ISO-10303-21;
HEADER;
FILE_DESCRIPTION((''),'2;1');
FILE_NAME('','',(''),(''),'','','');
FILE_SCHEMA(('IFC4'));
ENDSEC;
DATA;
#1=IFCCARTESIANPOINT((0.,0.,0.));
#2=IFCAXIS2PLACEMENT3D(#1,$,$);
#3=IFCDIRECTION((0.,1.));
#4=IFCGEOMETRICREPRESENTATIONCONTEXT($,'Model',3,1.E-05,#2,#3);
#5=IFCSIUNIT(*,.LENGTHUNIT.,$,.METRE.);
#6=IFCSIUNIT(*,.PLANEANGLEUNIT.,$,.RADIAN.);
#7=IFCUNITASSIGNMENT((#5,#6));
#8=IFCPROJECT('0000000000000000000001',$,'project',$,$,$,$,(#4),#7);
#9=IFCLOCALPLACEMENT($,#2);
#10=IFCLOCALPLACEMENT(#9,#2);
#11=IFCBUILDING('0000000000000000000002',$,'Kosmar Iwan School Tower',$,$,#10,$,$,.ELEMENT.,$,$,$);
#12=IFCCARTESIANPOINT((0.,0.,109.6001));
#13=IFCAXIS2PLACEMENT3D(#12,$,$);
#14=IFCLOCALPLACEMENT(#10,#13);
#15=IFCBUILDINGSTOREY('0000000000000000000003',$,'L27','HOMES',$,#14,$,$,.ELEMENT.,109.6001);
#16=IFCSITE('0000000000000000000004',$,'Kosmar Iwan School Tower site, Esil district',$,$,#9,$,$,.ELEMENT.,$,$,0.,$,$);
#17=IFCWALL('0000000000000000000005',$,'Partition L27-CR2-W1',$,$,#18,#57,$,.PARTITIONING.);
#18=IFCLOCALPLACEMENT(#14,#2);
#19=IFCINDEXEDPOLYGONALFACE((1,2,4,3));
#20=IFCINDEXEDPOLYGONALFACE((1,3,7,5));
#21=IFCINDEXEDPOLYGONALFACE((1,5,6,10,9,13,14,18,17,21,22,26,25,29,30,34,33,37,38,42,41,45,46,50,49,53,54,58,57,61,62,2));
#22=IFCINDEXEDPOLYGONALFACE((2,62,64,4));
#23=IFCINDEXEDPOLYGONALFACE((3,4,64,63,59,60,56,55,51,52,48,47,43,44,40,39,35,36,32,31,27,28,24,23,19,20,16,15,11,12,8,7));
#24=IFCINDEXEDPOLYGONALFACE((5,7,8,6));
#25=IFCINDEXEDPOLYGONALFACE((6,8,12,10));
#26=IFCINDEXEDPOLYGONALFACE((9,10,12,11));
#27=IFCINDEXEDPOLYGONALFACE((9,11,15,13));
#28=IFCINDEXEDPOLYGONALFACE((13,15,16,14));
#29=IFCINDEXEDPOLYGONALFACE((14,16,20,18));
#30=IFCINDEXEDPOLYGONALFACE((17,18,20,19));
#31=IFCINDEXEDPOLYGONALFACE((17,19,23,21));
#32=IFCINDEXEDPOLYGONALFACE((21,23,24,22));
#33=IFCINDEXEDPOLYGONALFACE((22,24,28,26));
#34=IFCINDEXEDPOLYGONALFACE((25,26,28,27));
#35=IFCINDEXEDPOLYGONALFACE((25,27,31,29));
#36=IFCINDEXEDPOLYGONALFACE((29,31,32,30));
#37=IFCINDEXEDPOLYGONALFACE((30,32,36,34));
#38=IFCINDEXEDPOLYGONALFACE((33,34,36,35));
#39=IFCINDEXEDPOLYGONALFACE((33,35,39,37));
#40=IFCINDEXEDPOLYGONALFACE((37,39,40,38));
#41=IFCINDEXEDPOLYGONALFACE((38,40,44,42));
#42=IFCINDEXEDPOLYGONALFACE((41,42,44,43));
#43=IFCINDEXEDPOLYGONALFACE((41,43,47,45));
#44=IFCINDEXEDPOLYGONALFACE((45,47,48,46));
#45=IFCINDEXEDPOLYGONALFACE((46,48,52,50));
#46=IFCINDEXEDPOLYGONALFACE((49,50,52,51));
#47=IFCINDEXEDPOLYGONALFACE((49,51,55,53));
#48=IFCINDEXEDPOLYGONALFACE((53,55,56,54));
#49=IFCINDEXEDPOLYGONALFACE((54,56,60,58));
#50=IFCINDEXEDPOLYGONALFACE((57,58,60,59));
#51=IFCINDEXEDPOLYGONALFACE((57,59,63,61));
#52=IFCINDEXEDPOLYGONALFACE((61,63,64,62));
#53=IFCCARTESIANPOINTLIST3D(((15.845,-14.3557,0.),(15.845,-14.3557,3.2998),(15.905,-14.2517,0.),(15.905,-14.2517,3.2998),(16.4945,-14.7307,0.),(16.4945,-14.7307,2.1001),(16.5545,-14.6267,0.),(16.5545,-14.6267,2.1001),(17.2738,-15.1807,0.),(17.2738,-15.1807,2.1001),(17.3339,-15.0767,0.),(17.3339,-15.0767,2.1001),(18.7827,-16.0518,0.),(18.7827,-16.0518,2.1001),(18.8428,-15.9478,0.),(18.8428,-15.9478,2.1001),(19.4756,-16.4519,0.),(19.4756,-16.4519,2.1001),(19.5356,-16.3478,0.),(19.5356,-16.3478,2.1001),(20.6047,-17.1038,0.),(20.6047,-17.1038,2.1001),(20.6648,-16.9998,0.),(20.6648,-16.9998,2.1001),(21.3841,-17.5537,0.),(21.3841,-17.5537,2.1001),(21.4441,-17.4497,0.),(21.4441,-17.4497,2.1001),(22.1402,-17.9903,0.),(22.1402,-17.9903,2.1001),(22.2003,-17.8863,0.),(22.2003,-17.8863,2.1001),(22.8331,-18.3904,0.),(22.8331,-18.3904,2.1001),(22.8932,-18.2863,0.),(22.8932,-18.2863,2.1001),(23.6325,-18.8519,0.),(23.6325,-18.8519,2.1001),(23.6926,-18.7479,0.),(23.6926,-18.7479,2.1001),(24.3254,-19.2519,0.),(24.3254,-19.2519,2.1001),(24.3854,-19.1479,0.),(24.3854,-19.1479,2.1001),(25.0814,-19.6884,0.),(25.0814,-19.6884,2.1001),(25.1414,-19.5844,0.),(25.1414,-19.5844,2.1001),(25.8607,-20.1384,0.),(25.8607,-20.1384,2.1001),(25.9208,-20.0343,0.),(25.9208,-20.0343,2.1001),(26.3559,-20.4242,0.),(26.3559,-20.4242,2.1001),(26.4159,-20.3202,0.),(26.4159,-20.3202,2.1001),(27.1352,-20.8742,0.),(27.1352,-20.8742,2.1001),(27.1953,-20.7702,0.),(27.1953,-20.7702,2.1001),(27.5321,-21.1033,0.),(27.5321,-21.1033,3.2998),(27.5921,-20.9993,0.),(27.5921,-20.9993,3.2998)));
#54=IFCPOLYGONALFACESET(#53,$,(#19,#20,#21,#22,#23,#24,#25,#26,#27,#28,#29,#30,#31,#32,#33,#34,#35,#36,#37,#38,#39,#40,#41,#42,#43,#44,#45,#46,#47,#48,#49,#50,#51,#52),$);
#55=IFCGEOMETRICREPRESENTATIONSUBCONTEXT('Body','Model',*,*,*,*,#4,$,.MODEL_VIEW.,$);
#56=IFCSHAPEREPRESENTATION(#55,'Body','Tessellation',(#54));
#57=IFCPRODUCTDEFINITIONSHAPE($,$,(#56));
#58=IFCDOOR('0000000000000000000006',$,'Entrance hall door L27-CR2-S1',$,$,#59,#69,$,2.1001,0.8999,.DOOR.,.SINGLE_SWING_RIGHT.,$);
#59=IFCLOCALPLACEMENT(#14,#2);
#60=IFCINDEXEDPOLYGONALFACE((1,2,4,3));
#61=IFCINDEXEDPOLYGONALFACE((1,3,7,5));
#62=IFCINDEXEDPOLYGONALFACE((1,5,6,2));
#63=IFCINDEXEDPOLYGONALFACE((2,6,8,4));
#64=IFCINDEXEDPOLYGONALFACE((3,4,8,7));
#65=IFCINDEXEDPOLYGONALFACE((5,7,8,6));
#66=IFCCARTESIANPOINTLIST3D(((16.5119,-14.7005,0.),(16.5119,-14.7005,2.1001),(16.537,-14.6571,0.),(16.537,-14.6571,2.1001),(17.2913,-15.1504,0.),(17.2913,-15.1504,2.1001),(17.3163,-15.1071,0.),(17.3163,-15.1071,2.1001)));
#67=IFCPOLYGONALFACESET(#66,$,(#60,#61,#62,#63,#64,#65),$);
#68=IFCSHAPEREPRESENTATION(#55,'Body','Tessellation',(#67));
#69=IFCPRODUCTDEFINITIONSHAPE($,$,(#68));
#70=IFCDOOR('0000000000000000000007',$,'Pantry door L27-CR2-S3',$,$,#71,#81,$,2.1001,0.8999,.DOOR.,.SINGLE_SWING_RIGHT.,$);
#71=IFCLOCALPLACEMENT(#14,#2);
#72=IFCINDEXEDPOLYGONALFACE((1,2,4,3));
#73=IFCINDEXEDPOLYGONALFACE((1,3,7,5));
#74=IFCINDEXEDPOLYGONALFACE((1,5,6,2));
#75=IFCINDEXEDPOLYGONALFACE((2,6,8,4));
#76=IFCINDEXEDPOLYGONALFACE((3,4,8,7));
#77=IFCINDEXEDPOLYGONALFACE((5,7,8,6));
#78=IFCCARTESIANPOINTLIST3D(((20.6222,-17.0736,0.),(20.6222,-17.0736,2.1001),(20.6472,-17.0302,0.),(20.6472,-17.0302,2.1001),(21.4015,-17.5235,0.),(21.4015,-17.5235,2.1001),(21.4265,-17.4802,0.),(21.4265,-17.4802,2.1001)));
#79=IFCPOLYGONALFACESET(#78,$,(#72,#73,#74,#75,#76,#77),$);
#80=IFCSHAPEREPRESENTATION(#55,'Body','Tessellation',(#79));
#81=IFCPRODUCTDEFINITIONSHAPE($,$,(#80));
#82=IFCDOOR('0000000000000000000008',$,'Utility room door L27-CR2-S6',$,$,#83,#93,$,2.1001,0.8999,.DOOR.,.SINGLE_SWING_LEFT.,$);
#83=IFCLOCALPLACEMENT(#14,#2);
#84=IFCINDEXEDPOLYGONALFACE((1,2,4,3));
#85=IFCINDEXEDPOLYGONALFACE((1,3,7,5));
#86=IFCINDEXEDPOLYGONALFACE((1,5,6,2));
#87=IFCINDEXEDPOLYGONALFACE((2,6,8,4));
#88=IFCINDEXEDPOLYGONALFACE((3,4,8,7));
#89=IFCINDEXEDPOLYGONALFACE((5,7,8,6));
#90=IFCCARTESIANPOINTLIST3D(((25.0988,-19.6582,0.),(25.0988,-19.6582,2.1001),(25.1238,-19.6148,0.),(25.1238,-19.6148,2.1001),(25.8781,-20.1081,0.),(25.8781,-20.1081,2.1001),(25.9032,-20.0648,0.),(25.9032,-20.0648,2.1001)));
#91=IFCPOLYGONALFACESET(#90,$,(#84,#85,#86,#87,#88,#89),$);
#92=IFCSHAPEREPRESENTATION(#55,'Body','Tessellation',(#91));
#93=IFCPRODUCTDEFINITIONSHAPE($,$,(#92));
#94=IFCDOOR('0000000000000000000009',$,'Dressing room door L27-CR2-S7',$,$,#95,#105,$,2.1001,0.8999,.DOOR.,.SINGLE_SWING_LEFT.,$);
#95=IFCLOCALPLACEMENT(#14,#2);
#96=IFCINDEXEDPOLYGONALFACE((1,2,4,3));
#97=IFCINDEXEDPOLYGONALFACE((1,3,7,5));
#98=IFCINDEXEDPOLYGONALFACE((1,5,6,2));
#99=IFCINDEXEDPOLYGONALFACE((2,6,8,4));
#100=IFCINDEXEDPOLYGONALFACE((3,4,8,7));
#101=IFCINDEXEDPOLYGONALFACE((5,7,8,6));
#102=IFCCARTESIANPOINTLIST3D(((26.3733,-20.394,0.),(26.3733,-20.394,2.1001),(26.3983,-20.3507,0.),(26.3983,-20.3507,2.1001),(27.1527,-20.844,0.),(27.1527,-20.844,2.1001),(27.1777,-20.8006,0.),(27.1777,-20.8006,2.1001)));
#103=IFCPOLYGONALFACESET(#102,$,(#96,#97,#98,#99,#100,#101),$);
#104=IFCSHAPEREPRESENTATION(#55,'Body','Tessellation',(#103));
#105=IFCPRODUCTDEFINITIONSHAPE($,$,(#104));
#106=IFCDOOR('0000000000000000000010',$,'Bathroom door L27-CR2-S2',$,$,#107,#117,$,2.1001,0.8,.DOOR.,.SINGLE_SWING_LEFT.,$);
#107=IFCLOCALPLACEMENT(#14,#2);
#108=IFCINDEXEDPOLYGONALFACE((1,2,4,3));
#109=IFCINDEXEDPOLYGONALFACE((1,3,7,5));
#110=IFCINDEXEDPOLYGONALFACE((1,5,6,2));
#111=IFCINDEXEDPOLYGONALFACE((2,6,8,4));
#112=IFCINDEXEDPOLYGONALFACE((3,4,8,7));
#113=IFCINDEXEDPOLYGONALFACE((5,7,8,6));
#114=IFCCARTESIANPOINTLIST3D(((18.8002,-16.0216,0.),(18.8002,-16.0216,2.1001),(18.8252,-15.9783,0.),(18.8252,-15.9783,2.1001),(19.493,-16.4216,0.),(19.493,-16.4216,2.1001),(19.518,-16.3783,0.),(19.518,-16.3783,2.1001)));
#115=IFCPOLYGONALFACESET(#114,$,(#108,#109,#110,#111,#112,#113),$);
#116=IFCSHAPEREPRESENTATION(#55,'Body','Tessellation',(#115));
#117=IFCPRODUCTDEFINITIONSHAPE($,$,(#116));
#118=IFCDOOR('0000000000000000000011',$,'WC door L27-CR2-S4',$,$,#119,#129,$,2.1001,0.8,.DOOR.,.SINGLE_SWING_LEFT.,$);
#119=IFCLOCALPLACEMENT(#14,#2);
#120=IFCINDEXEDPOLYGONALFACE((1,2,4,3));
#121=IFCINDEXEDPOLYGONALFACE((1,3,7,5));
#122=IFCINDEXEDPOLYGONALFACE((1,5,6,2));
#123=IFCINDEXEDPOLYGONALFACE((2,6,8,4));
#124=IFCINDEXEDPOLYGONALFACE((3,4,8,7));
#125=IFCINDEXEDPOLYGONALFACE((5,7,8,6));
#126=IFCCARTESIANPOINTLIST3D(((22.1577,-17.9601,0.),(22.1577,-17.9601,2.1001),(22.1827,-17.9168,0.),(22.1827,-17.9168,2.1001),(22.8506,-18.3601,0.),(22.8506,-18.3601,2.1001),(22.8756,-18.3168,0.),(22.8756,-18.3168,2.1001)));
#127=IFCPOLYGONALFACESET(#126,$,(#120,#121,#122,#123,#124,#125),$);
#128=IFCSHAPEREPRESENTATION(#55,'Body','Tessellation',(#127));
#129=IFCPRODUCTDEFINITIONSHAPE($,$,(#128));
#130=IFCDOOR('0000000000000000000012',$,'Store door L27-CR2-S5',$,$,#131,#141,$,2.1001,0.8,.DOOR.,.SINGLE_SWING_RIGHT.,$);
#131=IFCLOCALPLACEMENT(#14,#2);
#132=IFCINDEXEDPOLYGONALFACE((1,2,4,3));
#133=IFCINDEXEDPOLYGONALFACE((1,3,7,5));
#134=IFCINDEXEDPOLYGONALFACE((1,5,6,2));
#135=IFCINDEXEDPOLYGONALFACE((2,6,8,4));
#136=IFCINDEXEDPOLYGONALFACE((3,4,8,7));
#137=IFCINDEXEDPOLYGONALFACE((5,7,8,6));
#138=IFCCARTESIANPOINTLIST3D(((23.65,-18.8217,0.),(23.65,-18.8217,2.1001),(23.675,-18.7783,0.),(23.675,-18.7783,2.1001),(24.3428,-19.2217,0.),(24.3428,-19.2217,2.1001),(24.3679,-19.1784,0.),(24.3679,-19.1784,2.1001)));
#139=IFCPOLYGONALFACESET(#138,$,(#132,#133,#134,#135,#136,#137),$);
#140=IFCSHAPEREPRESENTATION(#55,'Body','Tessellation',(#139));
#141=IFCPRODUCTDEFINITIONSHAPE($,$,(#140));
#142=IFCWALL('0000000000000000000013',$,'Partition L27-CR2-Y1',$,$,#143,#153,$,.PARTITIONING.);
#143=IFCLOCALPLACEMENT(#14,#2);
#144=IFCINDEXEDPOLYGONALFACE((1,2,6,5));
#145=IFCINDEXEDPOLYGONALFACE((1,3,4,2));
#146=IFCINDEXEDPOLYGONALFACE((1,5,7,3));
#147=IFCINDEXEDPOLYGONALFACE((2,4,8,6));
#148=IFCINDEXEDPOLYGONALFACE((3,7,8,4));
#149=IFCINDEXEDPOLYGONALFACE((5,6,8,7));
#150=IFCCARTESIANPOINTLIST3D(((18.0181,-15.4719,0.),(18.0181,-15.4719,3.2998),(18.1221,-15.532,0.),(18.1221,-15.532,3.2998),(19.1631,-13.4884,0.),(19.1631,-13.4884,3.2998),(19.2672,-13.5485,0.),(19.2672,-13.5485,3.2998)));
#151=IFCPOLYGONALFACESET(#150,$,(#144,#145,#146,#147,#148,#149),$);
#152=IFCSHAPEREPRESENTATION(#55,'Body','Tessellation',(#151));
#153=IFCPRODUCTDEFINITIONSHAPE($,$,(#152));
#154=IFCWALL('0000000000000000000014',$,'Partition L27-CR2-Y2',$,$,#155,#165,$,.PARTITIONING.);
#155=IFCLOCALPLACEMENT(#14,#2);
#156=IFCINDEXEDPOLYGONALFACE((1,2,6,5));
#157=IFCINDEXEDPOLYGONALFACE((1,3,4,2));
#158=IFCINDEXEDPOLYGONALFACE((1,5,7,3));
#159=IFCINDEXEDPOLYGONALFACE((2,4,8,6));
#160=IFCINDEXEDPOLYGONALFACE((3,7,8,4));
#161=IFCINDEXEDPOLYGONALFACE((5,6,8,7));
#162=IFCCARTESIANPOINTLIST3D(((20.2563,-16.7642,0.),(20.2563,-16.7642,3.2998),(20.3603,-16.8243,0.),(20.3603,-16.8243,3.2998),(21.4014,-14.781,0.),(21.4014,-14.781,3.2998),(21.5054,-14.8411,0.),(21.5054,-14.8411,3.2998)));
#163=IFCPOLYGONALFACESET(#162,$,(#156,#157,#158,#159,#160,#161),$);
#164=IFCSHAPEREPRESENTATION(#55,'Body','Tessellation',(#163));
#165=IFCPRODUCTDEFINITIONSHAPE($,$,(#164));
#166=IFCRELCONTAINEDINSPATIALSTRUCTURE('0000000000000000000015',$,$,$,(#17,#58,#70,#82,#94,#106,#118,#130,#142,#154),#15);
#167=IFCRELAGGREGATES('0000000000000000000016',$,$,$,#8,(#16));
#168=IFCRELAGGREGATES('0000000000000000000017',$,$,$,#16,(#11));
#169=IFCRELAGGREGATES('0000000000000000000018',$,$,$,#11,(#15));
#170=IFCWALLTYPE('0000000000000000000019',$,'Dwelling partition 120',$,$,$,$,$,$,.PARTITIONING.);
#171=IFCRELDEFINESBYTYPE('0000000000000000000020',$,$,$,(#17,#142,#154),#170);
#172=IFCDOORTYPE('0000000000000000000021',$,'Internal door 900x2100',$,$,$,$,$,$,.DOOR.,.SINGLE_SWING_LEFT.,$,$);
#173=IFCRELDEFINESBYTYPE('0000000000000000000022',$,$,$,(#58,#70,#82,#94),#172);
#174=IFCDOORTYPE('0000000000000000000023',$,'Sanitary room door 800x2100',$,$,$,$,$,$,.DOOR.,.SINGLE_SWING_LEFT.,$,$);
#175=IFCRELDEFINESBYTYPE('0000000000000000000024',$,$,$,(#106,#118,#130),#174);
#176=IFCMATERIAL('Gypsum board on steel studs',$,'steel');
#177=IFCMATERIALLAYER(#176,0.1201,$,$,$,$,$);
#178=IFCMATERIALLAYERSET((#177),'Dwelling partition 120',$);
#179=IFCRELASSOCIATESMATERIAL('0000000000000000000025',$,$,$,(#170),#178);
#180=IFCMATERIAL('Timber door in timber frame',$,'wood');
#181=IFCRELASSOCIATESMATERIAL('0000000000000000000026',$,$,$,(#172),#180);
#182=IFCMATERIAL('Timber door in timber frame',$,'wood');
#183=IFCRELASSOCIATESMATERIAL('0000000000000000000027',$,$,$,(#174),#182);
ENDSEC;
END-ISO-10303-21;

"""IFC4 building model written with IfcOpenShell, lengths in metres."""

from ifc_helpers import new_model, si_unit, direction, frame, frame_2d, origin, place, context, subcontext, project, spatial, rectangle, extrude, material, layer, layer_set, type_object, element, fill, save


model = new_model("IFC4")

# Units and contexts
model_context = context("Model", 3, precision=1e-05, world=origin(), true_north=direction((0.0, 1.0)))
body_context = subcontext(model_context, "Body", "Model", "MODEL_VIEW")
ifc_project = project(units=[si_unit("LENGTHUNIT", "METRE"), si_unit("PLANEANGLEUNIT", "RADIAN")], contexts=[model_context])

# Site, building, storey
site_placement = place(None, origin())
site = spatial("IfcSite", under=ifc_project, at=site_placement, Name="Kosmar Iwan School Tower site, Esil district", CompositionType="ELEMENT", RefElevation=0.0)
building_placement = place(site_placement, origin())
building = spatial("IfcBuilding", under=site, at=building_placement, Name="Kosmar Iwan School Tower", CompositionType="ELEMENT")
storey_placement = place(building_placement, frame((0.0, 0.0, 109.6001)))
storey = spatial("IfcBuildingStorey", under=building, at=storey_placement, Name="L27", Description="HOMES", CompositionType="ELEMENT", Elevation=109.6001)

# Shared definitions
ifc_material_1 = material(Name="Gypsum board on steel studs", Category="steel")
ifc_layer_1 = layer(ifc_material_1, 0.1201)
ifc_layer_set_1 = layer_set([ifc_layer_1], Name="Dwelling partition 120")
wall_type_1 = type_object("IfcWallType", Name="Dwelling partition 120", PredefinedType="PARTITIONING", material=ifc_layer_set_1)

# Wall, openings, doors
wall_1_placement = place(storey_placement, frame((15.875, -14.3037, 0.0), z_axis=(0.0, 0.0, 1.0), x_axis=(0.866024, -0.500003, 0.0)))
wall_1 = element("IfcWall", 1, at=wall_1_placement, inside=storey, type_object=wall_type_1, Name="Partition L27-CR2-W1", PredefinedType="PARTITIONING", context=body_context, shape_type="SweptSolid", body=[
    extrude(rectangle(XDim=13.4951, YDim=0.1201, at=frame_2d((6.7476, 0.0))), origin(), (0.0, 0.0, 1.0), 3.2998),
])
opening_1_placement = place(wall_1_placement, frame((0.75, 0.0, 0.0)))
opening_1 = element("IfcOpeningElement", 2, at=opening_1_placement, cuts=wall_1, PredefinedType="OPENING", context=body_context, shape_type="SweptSolid", body=[
    extrude(rectangle(XDim=0.8999, YDim=2.1001, at=frame_2d((0.45, 1.05))), frame((0.0, 0.072, 0.0), z_axis=(0.0, -1.0, 0.0), x_axis=(1.0, 0.0, 0.0)), (0.0, 0.0, 1.0), 0.144),
])
opening_2_placement = place(wall_1_placement, frame((3.3923, 0.0, 0.0)))
opening_2 = element("IfcOpeningElement", 3, at=opening_2_placement, cuts=wall_1, PredefinedType="OPENING", context=body_context, shape_type="SweptSolid", body=[
    extrude(rectangle(XDim=0.8, YDim=2.1001, at=frame_2d((0.3999, 1.05))), frame((0.0, 0.072, 0.0), z_axis=(0.0, -1.0, 0.0), x_axis=(1.0, 0.0, 0.0)), (0.0, 0.0, 1.0), 0.144),
])
opening_3_placement = place(wall_1_placement, frame((5.4961, 0.0, 0.0)))
opening_3 = element("IfcOpeningElement", 4, at=opening_3_placement, cuts=wall_1, PredefinedType="OPENING", context=body_context, shape_type="SweptSolid", body=[
    extrude(rectangle(XDim=0.8999, YDim=2.1001, at=frame_2d((0.45, 1.05))), frame((0.0, 0.072, 0.0), z_axis=(0.0, -1.0, 0.0), x_axis=(1.0, 0.0, 0.0)), (0.0, 0.0, 1.0), 0.144),
])
opening_4_placement = place(wall_1_placement, frame((7.2693, 0.0, 0.0)))
opening_4 = element("IfcOpeningElement", 5, at=opening_4_placement, cuts=wall_1, PredefinedType="OPENING", context=body_context, shape_type="SweptSolid", body=[
    extrude(rectangle(XDim=0.8, YDim=2.1001, at=frame_2d((0.3999, 1.05))), frame((0.0, 0.072, 0.0), z_axis=(0.0, -1.0, 0.0), x_axis=(1.0, 0.0, 0.0)), (0.0, 0.0, 1.0), 0.144),
])
opening_5_placement = place(wall_1_placement, frame((8.9924, 0.0, 0.0)))
opening_5 = element("IfcOpeningElement", 6, at=opening_5_placement, cuts=wall_1, PredefinedType="OPENING", context=body_context, shape_type="SweptSolid", body=[
    extrude(rectangle(XDim=0.8, YDim=2.1001, at=frame_2d((0.3999, 1.05))), frame((0.0, 0.072, 0.0), z_axis=(0.0, -1.0, 0.0), x_axis=(1.0, 0.0, 0.0)), (0.0, 0.0, 1.0), 0.144),
])
opening_6_placement = place(wall_1_placement, frame((10.6653, 0.0, 0.0)))
opening_6 = element("IfcOpeningElement", 7, at=opening_6_placement, cuts=wall_1, PredefinedType="OPENING", context=body_context, shape_type="SweptSolid", body=[
    extrude(rectangle(XDim=0.8999, YDim=2.1001, at=frame_2d((0.45, 1.05))), frame((0.0, 0.072, 0.0), z_axis=(0.0, -1.0, 0.0), x_axis=(1.0, 0.0, 0.0)), (0.0, 0.0, 1.0), 0.144),
])
opening_7_placement = place(wall_1_placement, frame((12.137, 0.0, 0.0)))
opening_7 = element("IfcOpeningElement", 8, at=opening_7_placement, cuts=wall_1, PredefinedType="OPENING", context=body_context, shape_type="SweptSolid", body=[
    extrude(rectangle(XDim=0.8999, YDim=2.1001, at=frame_2d((0.45, 1.05))), frame((0.0, 0.072, 0.0), z_axis=(0.0, -1.0, 0.0), x_axis=(1.0, 0.0, 0.0)), (0.0, 0.0, 1.0), 0.144),
])
ifc_material_2 = material(Name="Timber door in timber frame", Category="wood")
door_type_1 = type_object("IfcDoorType", Name="Internal door 900x2100", OperationType="SINGLE_SWING_LEFT", PredefinedType="DOOR", material=ifc_material_2)
door_1_placement = place(opening_1_placement, origin())
door_1 = element("IfcDoor", 9, at=door_1_placement, inside=storey, type_object=door_type_1, Name="Entrance hall door L27-CR2-S1", OperationType="SINGLE_SWING_RIGHT", OverallHeight=2.1001, OverallWidth=0.8999, PredefinedType="DOOR", context=body_context, shape_type="SweptSolid", body=[
    extrude(rectangle(XDim=0.8999, YDim=2.1001, at=frame_2d((0.45, 1.05))), frame((0.0, 0.0249, 0.0), z_axis=(0.0, -1.0, 0.0), x_axis=(1.0, 0.0, 0.0)), (0.0, 0.0, 1.0), 0.05),
])
fill(opening_1, door_1)
door_2_placement = place(opening_3_placement, origin())
door_2 = element("IfcDoor", 10, at=door_2_placement, inside=storey, type_object=door_type_1, Name="Pantry door L27-CR2-S3", OperationType="SINGLE_SWING_RIGHT", OverallHeight=2.1001, OverallWidth=0.8999, PredefinedType="DOOR", context=body_context, shape_type="SweptSolid", body=[
    extrude(rectangle(XDim=0.8999, YDim=2.1001, at=frame_2d((0.45, 1.05))), frame((0.0, 0.0249, 0.0), z_axis=(0.0, -1.0, 0.0), x_axis=(1.0, 0.0, 0.0)), (0.0, 0.0, 1.0), 0.05),
])
fill(opening_3, door_2)
door_3_placement = place(opening_6_placement, origin())
door_3 = element("IfcDoor", 11, at=door_3_placement, inside=storey, type_object=door_type_1, Name="Utility room door L27-CR2-S6", OperationType="SINGLE_SWING_LEFT", OverallHeight=2.1001, OverallWidth=0.8999, PredefinedType="DOOR", context=body_context, shape_type="SweptSolid", body=[
    extrude(rectangle(XDim=0.8999, YDim=2.1001, at=frame_2d((0.45, 1.05))), frame((0.0, 0.0249, 0.0), z_axis=(0.0, -1.0, 0.0), x_axis=(1.0, 0.0, 0.0)), (0.0, 0.0, 1.0), 0.05),
])
fill(opening_6, door_3)
door_4_placement = place(opening_7_placement, origin())
door_4 = element("IfcDoor", 12, at=door_4_placement, inside=storey, type_object=door_type_1, Name="Dressing room door L27-CR2-S7", OperationType="SINGLE_SWING_LEFT", OverallHeight=2.1001, OverallWidth=0.8999, PredefinedType="DOOR", context=body_context, shape_type="SweptSolid", body=[
    extrude(rectangle(XDim=0.8999, YDim=2.1001, at=frame_2d((0.45, 1.05))), frame((0.0, 0.0249, 0.0), z_axis=(0.0, -1.0, 0.0), x_axis=(1.0, 0.0, 0.0)), (0.0, 0.0, 1.0), 0.05),
])
fill(opening_7, door_4)
ifc_material_3 = material(Name="Timber door in timber frame", Category="wood")
door_type_2 = type_object("IfcDoorType", Name="Sanitary room door 800x2100", OperationType="SINGLE_SWING_LEFT", PredefinedType="DOOR", material=ifc_material_3)
door_5_placement = place(opening_2_placement, origin())
door_5 = element("IfcDoor", 13, at=door_5_placement, inside=storey, type_object=door_type_2, Name="Bathroom door L27-CR2-S2", OperationType="SINGLE_SWING_LEFT", OverallHeight=2.1001, OverallWidth=0.8, PredefinedType="DOOR", context=body_context, shape_type="SweptSolid", body=[
    extrude(rectangle(XDim=0.8, YDim=2.1001, at=frame_2d((0.3999, 1.05))), frame((0.0, 0.0249, 0.0), z_axis=(0.0, -1.0, 0.0), x_axis=(1.0, 0.0, 0.0)), (0.0, 0.0, 1.0), 0.05),
])
fill(opening_2, door_5)
door_6_placement = place(opening_4_placement, origin())
door_6 = element("IfcDoor", 14, at=door_6_placement, inside=storey, type_object=door_type_2, Name="WC door L27-CR2-S4", OperationType="SINGLE_SWING_LEFT", OverallHeight=2.1001, OverallWidth=0.8, PredefinedType="DOOR", context=body_context, shape_type="SweptSolid", body=[
    extrude(rectangle(XDim=0.8, YDim=2.1001, at=frame_2d((0.3999, 1.05))), frame((0.0, 0.0249, 0.0), z_axis=(0.0, -1.0, 0.0), x_axis=(1.0, 0.0, 0.0)), (0.0, 0.0, 1.0), 0.05),
])
fill(opening_4, door_6)
door_7_placement = place(opening_5_placement, origin())
door_7 = element("IfcDoor", 15, at=door_7_placement, inside=storey, type_object=door_type_2, Name="Store door L27-CR2-S5", OperationType="SINGLE_SWING_RIGHT", OverallHeight=2.1001, OverallWidth=0.8, PredefinedType="DOOR", context=body_context, shape_type="SweptSolid", body=[
    extrude(rectangle(XDim=0.8, YDim=2.1001, at=frame_2d((0.3999, 1.05))), frame((0.0, 0.0249, 0.0), z_axis=(0.0, -1.0, 0.0), x_axis=(1.0, 0.0, 0.0)), (0.0, 0.0, 1.0), 0.05),
])
fill(opening_5, door_7)

# Walls
wall_2_placement = place(storey_placement, frame((19.2151, -13.5186, 0.0), z_axis=(0.0, 0.0, 1.0), x_axis=(-0.499969, -0.866044, 0.0)))
element("IfcWall", 16, at=wall_2_placement, inside=storey, type_object=wall_type_1, Name="Partition L27-CR2-Y1", PredefinedType="PARTITIONING", context=body_context, shape_type="SweptSolid", body=[
    extrude(rectangle(XDim=2.2903, YDim=0.1201, at=frame_2d((1.145, 0.0))), origin(), (0.0, 0.0, 1.0), 3.2998),
])
wall_3_placement = place(storey_placement, frame((21.4534, -14.811, 0.0), z_axis=(0.0, 0.0, 1.0), x_axis=(-0.500015, -0.866017, 0.0)))
element("IfcWall", 17, at=wall_3_placement, inside=storey, type_object=wall_type_1, Name="Partition L27-CR2-Y2", PredefinedType="PARTITIONING", context=body_context, shape_type="SweptSolid", body=[
    extrude(rectangle(XDim=2.29, YDim=0.1201, at=frame_2d((1.145, 0.0))), origin(), (0.0, 0.0, 1.0), 3.2998),
])

save(model, "model.ifc")
